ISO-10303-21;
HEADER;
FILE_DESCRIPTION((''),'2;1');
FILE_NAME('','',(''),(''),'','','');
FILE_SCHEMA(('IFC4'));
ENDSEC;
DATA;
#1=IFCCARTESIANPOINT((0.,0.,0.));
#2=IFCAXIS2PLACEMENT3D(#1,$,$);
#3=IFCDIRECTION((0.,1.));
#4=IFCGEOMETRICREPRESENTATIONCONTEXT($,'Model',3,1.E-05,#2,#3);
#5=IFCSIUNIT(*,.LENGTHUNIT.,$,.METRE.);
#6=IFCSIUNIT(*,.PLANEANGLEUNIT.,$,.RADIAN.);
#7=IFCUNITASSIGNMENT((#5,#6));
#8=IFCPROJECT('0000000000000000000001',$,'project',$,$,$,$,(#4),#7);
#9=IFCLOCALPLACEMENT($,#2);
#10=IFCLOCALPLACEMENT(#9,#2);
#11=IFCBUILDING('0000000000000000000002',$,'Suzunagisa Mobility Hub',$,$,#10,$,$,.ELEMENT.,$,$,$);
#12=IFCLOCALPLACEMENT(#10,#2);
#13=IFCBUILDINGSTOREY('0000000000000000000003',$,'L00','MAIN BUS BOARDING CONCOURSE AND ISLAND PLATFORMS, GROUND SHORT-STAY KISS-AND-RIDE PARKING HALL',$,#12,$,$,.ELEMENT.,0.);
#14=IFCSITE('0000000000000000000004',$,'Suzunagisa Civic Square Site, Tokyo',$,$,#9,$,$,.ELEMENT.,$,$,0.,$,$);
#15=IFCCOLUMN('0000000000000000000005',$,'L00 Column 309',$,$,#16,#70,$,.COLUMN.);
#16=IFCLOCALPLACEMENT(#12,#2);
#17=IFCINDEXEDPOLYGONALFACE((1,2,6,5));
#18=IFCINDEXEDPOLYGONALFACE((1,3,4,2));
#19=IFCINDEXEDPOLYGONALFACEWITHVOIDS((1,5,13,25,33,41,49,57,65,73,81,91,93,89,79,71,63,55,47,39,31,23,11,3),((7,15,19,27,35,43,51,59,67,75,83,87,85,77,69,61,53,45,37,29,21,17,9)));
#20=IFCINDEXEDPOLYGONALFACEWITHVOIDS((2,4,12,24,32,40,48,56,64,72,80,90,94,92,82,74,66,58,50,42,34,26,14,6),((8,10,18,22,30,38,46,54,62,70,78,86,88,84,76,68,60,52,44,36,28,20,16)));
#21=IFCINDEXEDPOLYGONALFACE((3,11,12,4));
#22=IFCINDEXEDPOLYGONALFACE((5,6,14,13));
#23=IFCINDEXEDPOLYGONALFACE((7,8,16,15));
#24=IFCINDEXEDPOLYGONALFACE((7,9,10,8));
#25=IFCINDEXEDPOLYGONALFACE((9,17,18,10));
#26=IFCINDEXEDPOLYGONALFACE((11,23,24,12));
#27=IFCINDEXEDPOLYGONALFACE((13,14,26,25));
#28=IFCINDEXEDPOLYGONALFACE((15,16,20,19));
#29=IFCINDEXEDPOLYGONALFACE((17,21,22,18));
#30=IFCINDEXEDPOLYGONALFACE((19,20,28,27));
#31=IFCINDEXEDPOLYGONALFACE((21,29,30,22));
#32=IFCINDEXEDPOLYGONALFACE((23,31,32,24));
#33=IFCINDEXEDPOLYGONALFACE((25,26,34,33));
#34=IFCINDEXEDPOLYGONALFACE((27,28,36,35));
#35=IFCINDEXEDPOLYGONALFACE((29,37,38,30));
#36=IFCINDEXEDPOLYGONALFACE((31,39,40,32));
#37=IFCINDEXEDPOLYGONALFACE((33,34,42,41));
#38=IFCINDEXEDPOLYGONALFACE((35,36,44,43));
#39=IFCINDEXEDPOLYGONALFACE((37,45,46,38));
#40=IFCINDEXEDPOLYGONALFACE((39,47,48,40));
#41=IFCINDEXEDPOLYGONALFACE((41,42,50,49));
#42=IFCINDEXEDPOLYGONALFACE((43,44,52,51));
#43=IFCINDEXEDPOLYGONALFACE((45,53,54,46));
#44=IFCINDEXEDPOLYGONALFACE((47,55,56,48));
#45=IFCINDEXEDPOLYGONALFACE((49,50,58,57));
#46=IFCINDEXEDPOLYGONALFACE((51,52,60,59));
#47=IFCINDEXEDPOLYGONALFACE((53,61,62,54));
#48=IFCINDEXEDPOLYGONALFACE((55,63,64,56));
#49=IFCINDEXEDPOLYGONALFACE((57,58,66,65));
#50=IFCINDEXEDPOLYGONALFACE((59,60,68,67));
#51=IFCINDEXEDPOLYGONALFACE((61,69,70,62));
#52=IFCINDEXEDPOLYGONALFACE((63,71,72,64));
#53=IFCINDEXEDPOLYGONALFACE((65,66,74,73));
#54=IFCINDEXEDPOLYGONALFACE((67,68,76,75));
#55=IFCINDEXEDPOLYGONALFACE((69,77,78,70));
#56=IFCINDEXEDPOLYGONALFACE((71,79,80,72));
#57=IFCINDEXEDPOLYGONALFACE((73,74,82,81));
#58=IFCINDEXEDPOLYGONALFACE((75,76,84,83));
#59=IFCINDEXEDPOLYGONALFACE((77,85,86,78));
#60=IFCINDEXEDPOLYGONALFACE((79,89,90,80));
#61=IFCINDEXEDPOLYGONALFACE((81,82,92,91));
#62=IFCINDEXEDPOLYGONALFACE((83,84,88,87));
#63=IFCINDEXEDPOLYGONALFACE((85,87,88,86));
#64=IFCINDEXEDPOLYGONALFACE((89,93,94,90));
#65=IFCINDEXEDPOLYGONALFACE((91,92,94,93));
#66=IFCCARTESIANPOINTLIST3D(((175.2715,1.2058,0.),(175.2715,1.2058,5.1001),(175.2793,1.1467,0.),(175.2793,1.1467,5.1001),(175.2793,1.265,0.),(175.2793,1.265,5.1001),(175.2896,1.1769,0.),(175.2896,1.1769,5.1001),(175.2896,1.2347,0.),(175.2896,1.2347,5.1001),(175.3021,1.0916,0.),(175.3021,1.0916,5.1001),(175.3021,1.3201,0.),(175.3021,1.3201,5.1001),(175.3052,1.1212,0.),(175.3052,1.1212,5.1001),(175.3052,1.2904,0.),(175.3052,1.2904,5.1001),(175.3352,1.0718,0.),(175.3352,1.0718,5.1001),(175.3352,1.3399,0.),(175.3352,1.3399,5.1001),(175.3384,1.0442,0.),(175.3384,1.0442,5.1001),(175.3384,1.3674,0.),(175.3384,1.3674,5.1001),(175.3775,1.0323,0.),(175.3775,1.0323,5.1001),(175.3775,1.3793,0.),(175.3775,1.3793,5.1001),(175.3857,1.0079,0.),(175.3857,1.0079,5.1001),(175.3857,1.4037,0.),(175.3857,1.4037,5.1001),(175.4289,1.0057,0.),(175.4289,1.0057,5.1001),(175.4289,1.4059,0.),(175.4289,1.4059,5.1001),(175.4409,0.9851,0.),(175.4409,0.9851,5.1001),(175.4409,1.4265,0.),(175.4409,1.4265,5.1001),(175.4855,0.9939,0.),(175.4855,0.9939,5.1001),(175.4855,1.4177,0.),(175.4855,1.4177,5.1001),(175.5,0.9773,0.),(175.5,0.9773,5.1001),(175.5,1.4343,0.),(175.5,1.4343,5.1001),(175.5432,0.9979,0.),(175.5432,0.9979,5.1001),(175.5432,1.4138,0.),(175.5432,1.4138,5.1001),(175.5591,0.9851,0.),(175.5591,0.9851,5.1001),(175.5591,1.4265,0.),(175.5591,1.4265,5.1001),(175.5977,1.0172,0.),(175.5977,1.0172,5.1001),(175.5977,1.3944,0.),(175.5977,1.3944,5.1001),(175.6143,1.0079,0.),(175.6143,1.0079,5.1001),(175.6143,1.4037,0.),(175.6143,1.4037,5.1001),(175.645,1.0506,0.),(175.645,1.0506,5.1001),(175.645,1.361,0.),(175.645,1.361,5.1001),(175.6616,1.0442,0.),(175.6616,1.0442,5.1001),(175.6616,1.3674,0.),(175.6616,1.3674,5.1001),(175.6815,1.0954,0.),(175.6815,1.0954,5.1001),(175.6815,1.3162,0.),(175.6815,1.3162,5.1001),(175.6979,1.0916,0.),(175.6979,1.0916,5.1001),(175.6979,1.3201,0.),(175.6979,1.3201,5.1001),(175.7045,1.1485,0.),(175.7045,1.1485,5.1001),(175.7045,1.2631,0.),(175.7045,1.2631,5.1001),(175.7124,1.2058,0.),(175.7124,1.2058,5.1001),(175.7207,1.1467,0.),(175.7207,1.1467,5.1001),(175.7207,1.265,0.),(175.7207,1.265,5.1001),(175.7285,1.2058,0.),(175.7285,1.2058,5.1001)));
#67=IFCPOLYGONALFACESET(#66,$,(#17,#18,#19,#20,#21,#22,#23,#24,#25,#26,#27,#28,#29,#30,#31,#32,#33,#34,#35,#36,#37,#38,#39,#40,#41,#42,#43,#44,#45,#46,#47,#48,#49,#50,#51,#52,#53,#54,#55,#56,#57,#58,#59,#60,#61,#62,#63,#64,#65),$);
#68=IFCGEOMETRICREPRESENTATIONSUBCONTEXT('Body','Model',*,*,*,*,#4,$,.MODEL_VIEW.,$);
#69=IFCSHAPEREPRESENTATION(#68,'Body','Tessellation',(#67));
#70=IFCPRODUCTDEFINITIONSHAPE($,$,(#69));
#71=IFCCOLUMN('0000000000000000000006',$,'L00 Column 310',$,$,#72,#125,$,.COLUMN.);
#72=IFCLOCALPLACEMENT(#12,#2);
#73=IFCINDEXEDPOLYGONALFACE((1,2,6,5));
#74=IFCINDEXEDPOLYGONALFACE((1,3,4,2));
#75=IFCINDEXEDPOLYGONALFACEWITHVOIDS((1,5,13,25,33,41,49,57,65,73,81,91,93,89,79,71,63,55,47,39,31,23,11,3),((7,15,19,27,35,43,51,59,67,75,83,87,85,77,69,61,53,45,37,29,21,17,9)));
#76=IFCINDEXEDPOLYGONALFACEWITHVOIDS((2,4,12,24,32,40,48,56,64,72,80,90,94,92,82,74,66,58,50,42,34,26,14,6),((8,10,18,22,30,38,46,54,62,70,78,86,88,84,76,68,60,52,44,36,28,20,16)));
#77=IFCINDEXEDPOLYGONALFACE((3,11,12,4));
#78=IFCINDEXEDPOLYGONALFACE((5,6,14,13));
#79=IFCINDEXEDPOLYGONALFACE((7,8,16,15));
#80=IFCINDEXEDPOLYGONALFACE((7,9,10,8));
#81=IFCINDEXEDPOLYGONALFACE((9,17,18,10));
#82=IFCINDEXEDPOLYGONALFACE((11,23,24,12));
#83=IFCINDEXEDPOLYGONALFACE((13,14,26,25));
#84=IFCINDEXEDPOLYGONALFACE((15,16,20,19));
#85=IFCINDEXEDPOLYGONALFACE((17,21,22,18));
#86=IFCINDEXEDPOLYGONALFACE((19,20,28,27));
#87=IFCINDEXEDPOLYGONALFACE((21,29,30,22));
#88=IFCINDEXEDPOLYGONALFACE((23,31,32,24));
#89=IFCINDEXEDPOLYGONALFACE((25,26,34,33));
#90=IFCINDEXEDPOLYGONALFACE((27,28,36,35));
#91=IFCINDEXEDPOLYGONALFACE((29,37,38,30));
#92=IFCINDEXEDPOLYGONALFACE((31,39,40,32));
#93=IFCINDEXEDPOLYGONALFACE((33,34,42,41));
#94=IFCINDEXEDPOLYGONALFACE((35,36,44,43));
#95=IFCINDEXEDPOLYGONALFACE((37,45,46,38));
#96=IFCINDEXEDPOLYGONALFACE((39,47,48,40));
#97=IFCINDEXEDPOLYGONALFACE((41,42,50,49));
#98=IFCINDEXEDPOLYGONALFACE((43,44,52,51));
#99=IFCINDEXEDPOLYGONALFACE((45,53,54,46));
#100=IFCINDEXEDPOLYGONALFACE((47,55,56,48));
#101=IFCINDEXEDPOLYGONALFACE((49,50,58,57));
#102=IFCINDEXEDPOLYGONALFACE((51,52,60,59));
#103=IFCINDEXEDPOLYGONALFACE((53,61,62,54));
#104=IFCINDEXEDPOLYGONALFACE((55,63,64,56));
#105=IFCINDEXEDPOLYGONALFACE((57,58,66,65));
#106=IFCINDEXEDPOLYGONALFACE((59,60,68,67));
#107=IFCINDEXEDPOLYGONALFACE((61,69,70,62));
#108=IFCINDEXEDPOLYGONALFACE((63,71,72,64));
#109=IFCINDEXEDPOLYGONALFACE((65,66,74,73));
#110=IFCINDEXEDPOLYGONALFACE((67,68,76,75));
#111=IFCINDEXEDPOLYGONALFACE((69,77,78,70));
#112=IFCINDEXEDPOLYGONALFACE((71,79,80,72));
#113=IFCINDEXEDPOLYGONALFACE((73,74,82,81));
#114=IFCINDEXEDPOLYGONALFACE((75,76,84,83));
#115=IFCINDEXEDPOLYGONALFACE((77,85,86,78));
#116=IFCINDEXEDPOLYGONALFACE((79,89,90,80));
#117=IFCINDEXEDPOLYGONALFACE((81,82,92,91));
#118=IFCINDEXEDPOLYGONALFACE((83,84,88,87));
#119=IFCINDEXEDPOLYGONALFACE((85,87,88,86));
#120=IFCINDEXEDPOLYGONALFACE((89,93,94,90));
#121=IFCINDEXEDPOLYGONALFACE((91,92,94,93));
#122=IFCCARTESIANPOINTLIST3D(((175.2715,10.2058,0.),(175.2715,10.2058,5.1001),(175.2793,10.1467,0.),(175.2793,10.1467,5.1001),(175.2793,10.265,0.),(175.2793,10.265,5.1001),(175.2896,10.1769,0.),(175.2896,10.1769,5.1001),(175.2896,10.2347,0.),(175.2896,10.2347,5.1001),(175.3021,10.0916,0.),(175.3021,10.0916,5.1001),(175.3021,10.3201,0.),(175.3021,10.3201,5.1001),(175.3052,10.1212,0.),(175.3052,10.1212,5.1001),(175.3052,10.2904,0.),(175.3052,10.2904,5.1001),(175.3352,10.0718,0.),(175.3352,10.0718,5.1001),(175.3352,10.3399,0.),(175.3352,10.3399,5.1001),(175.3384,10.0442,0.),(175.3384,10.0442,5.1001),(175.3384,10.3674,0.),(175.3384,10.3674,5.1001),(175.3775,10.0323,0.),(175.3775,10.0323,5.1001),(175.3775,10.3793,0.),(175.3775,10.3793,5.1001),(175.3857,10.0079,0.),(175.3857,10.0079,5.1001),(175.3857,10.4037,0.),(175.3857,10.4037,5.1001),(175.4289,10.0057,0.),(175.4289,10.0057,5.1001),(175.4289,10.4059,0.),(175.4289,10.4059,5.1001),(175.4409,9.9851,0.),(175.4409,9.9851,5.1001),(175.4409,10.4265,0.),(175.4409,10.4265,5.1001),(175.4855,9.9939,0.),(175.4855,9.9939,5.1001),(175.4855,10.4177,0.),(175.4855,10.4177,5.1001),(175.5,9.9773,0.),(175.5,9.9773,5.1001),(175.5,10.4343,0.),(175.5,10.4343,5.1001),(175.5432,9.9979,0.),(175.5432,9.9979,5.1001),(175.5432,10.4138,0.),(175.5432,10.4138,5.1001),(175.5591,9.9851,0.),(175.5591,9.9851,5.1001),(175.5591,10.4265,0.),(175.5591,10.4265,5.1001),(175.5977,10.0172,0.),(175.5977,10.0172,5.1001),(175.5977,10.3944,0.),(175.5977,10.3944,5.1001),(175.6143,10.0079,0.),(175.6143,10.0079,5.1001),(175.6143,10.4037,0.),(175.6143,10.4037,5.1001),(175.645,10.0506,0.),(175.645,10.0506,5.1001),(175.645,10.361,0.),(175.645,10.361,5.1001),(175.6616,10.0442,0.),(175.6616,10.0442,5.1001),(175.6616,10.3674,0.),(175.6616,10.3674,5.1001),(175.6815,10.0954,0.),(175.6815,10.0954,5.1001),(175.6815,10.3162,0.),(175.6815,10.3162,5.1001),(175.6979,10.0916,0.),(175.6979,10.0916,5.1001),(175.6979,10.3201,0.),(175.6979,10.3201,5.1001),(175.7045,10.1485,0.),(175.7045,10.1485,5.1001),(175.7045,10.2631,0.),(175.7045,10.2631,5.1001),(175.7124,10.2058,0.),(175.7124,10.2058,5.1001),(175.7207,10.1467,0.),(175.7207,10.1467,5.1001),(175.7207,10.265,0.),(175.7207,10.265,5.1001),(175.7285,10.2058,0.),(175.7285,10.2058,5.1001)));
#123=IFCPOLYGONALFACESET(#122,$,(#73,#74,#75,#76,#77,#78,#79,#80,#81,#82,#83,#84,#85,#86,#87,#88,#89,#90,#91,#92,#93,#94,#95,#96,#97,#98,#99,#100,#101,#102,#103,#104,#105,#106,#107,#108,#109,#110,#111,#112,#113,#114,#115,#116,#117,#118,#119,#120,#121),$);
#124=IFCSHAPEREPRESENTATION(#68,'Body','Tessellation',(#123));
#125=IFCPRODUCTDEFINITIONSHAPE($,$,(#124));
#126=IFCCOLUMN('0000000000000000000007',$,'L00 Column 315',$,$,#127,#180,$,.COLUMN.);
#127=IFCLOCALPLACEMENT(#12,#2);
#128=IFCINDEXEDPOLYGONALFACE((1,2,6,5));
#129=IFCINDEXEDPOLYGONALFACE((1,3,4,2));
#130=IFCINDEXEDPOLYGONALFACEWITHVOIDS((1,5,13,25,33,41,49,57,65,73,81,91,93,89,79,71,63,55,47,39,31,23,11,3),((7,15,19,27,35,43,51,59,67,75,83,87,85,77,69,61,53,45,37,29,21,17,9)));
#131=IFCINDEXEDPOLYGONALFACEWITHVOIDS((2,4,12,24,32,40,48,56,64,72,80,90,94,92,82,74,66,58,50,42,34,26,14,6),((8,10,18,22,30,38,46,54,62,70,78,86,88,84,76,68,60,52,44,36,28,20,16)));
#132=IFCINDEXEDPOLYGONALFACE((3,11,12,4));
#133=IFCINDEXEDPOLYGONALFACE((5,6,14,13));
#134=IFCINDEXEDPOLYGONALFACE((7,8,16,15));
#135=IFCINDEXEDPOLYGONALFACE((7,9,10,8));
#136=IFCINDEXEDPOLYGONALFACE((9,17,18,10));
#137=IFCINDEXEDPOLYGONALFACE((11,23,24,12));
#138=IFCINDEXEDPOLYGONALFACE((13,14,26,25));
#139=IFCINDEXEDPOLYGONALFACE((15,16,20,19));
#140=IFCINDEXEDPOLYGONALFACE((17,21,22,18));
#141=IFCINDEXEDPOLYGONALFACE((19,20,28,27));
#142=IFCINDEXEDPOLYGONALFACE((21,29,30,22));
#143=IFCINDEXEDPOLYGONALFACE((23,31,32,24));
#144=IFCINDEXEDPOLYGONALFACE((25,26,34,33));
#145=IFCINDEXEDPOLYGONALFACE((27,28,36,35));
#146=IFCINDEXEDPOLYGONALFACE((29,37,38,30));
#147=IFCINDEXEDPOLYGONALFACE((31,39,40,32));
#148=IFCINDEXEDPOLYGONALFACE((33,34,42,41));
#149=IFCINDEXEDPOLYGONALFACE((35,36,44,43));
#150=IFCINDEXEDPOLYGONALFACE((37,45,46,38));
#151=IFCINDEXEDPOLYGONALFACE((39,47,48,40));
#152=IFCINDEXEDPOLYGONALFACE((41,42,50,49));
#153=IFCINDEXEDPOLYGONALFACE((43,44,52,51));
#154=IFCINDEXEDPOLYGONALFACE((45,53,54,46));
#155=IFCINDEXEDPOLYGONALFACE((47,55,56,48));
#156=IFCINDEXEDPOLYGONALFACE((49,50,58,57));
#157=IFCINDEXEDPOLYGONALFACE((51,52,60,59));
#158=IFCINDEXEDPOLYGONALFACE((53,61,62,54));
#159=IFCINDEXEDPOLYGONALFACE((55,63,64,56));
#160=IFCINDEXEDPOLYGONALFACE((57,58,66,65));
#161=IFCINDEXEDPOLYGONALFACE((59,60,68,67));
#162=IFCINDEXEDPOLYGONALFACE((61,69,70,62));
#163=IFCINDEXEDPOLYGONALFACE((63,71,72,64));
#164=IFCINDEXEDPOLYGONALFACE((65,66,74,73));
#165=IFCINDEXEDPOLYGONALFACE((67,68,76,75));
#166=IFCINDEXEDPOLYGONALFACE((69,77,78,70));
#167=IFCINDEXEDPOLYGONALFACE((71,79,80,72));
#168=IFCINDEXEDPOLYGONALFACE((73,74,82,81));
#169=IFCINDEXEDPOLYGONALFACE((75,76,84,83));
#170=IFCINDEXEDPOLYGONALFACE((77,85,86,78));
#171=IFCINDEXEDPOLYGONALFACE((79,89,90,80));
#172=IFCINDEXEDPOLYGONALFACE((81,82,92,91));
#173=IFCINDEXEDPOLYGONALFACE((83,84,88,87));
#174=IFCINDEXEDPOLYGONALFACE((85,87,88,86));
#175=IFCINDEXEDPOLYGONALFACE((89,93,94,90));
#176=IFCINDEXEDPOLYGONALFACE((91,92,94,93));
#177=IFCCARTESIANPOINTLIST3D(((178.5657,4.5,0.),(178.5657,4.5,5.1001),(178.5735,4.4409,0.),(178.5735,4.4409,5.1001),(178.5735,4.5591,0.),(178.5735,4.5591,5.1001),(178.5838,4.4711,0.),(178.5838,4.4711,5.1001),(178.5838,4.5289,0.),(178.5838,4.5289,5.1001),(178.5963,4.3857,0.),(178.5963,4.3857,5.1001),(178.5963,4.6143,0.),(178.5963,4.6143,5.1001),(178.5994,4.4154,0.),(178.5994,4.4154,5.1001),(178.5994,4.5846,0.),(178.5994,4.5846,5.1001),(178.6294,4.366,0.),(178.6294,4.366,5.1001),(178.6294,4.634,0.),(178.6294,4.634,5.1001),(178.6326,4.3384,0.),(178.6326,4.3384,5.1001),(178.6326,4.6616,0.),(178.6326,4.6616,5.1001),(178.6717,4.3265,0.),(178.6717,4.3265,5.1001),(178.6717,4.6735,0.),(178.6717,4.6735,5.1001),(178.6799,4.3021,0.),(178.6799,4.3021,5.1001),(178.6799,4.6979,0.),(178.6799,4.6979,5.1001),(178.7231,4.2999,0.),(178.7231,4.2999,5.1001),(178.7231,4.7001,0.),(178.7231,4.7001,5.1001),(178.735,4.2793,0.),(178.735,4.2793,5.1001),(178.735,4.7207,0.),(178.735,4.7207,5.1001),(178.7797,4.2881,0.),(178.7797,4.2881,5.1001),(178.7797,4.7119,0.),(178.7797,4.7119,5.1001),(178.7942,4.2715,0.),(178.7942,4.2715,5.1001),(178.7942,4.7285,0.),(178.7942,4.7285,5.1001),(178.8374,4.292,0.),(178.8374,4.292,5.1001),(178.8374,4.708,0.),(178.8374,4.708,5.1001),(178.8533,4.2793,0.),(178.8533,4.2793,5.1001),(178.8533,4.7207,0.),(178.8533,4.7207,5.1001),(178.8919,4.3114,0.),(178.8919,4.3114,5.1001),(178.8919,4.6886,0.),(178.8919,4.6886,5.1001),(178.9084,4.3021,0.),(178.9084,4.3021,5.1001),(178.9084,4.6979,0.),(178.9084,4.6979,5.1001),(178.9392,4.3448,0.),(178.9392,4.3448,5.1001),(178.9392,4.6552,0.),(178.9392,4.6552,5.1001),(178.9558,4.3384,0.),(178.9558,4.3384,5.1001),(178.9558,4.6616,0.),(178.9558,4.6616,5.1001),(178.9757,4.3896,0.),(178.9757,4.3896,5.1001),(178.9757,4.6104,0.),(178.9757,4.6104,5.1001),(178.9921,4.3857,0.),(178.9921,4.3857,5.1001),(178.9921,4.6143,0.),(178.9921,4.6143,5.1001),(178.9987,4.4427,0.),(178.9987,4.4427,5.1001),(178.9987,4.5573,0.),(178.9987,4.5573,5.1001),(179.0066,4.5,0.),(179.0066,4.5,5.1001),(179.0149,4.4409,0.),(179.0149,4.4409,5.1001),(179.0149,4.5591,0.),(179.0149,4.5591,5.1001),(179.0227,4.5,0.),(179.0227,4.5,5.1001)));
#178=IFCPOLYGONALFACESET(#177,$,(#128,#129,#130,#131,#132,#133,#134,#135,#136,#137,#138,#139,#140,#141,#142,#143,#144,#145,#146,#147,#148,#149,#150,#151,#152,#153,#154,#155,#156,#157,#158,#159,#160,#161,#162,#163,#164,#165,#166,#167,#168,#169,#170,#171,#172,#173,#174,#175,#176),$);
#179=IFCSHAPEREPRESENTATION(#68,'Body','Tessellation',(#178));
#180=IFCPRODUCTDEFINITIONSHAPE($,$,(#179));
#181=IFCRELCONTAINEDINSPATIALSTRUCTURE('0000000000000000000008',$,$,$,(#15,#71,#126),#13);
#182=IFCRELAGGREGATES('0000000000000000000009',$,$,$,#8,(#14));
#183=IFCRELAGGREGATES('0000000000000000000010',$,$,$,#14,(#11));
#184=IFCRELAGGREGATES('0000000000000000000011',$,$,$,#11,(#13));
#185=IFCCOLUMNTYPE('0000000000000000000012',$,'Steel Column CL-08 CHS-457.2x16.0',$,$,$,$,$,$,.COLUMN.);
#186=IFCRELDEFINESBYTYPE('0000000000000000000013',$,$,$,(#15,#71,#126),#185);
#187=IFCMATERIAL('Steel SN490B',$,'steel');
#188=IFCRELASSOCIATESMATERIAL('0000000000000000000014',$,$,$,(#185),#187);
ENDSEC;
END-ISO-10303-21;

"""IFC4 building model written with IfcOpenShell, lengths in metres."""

from ifc_helpers import new_model, si_unit, direction, frame, origin, origin_2d, place, context, subcontext, project, spatial, hollow_circle, extrude, material, material_profile, profile_set, type_object, element, save


model = new_model("IFC4")

# Units and contexts
model_context = context("Model", 3, precision=1e-05, world=origin(), true_north=direction((0.0, 1.0)))
body_context = subcontext(model_context, "Body", "Model", "MODEL_VIEW")
ifc_project = project(units=[si_unit("LENGTHUNIT", "METRE"), si_unit("PLANEANGLEUNIT", "RADIAN")], contexts=[model_context])

# Site, building, storey
site_placement = place(None, origin())
site = spatial("IfcSite", under=ifc_project, at=site_placement, Name="Suzunagisa Civic Square Site, Tokyo", CompositionType="ELEMENT", RefElevation=0.0)
building_placement = place(site_placement, origin())
building = spatial("IfcBuilding", under=site, at=building_placement, Name="Suzunagisa Mobility Hub", CompositionType="ELEMENT")
storey_placement = place(building_placement, origin())
storey = spatial("IfcBuildingStorey", under=building, at=storey_placement, Name="L00", Description="MAIN BUS BOARDING CONCOURSE AND ISLAND PLATFORMS, GROUND SHORT-STAY KISS-AND-RIDE PARKING HALL", CompositionType="ELEMENT", Elevation=0.0)

# Columns
ifc_material_1 = material(Name="Steel SN490B", Category="steel")
ifc_material_profile_1 = material_profile(ifc_material_1, hollow_circle(Radius=0.2285, WallThickness=0.0161, at=origin_2d()), Name="CHS-457.2x16.0")
ifc_profile_set_1 = profile_set([ifc_material_profile_1], Name="Steel SN490B")
column_type_1 = type_object("IfcColumnType", Name="Steel Column CL-08 CHS-457.2x16.0", PredefinedType="COLUMN", material=ifc_profile_set_1)
for number, where, z_axis, x_axis, name in (
    (1, (175.5, 1.2058, 0.0), (0.0, 0.0, 1.0), (1.0, 0.0, 0.0), "L00 Column 309"),
    (2, (175.5, 10.2058, 0.0), (0.0, 0.0, 1.0), (1.0, 0.0, 0.0), "L00 Column 310"),
    (3, (178.7942, 4.5, 0.0), (0.0, 0.0, 1.0), (1.0, 0.0, 0.0), "L00 Column 315"),
):
    element("IfcColumn", number, at=place(storey_placement, frame(where, z_axis=z_axis, x_axis=x_axis)), inside=storey, type_object=column_type_1, Name=name, PredefinedType="COLUMN", context=body_context, shape_type="SweptSolid", body=[
        extrude(hollow_circle(Radius=0.2285, WallThickness=0.0161, at=origin_2d()), origin(), (0.0, 0.0, 1.0), 5.1001),
    ])

save(model, "model.ifc")
